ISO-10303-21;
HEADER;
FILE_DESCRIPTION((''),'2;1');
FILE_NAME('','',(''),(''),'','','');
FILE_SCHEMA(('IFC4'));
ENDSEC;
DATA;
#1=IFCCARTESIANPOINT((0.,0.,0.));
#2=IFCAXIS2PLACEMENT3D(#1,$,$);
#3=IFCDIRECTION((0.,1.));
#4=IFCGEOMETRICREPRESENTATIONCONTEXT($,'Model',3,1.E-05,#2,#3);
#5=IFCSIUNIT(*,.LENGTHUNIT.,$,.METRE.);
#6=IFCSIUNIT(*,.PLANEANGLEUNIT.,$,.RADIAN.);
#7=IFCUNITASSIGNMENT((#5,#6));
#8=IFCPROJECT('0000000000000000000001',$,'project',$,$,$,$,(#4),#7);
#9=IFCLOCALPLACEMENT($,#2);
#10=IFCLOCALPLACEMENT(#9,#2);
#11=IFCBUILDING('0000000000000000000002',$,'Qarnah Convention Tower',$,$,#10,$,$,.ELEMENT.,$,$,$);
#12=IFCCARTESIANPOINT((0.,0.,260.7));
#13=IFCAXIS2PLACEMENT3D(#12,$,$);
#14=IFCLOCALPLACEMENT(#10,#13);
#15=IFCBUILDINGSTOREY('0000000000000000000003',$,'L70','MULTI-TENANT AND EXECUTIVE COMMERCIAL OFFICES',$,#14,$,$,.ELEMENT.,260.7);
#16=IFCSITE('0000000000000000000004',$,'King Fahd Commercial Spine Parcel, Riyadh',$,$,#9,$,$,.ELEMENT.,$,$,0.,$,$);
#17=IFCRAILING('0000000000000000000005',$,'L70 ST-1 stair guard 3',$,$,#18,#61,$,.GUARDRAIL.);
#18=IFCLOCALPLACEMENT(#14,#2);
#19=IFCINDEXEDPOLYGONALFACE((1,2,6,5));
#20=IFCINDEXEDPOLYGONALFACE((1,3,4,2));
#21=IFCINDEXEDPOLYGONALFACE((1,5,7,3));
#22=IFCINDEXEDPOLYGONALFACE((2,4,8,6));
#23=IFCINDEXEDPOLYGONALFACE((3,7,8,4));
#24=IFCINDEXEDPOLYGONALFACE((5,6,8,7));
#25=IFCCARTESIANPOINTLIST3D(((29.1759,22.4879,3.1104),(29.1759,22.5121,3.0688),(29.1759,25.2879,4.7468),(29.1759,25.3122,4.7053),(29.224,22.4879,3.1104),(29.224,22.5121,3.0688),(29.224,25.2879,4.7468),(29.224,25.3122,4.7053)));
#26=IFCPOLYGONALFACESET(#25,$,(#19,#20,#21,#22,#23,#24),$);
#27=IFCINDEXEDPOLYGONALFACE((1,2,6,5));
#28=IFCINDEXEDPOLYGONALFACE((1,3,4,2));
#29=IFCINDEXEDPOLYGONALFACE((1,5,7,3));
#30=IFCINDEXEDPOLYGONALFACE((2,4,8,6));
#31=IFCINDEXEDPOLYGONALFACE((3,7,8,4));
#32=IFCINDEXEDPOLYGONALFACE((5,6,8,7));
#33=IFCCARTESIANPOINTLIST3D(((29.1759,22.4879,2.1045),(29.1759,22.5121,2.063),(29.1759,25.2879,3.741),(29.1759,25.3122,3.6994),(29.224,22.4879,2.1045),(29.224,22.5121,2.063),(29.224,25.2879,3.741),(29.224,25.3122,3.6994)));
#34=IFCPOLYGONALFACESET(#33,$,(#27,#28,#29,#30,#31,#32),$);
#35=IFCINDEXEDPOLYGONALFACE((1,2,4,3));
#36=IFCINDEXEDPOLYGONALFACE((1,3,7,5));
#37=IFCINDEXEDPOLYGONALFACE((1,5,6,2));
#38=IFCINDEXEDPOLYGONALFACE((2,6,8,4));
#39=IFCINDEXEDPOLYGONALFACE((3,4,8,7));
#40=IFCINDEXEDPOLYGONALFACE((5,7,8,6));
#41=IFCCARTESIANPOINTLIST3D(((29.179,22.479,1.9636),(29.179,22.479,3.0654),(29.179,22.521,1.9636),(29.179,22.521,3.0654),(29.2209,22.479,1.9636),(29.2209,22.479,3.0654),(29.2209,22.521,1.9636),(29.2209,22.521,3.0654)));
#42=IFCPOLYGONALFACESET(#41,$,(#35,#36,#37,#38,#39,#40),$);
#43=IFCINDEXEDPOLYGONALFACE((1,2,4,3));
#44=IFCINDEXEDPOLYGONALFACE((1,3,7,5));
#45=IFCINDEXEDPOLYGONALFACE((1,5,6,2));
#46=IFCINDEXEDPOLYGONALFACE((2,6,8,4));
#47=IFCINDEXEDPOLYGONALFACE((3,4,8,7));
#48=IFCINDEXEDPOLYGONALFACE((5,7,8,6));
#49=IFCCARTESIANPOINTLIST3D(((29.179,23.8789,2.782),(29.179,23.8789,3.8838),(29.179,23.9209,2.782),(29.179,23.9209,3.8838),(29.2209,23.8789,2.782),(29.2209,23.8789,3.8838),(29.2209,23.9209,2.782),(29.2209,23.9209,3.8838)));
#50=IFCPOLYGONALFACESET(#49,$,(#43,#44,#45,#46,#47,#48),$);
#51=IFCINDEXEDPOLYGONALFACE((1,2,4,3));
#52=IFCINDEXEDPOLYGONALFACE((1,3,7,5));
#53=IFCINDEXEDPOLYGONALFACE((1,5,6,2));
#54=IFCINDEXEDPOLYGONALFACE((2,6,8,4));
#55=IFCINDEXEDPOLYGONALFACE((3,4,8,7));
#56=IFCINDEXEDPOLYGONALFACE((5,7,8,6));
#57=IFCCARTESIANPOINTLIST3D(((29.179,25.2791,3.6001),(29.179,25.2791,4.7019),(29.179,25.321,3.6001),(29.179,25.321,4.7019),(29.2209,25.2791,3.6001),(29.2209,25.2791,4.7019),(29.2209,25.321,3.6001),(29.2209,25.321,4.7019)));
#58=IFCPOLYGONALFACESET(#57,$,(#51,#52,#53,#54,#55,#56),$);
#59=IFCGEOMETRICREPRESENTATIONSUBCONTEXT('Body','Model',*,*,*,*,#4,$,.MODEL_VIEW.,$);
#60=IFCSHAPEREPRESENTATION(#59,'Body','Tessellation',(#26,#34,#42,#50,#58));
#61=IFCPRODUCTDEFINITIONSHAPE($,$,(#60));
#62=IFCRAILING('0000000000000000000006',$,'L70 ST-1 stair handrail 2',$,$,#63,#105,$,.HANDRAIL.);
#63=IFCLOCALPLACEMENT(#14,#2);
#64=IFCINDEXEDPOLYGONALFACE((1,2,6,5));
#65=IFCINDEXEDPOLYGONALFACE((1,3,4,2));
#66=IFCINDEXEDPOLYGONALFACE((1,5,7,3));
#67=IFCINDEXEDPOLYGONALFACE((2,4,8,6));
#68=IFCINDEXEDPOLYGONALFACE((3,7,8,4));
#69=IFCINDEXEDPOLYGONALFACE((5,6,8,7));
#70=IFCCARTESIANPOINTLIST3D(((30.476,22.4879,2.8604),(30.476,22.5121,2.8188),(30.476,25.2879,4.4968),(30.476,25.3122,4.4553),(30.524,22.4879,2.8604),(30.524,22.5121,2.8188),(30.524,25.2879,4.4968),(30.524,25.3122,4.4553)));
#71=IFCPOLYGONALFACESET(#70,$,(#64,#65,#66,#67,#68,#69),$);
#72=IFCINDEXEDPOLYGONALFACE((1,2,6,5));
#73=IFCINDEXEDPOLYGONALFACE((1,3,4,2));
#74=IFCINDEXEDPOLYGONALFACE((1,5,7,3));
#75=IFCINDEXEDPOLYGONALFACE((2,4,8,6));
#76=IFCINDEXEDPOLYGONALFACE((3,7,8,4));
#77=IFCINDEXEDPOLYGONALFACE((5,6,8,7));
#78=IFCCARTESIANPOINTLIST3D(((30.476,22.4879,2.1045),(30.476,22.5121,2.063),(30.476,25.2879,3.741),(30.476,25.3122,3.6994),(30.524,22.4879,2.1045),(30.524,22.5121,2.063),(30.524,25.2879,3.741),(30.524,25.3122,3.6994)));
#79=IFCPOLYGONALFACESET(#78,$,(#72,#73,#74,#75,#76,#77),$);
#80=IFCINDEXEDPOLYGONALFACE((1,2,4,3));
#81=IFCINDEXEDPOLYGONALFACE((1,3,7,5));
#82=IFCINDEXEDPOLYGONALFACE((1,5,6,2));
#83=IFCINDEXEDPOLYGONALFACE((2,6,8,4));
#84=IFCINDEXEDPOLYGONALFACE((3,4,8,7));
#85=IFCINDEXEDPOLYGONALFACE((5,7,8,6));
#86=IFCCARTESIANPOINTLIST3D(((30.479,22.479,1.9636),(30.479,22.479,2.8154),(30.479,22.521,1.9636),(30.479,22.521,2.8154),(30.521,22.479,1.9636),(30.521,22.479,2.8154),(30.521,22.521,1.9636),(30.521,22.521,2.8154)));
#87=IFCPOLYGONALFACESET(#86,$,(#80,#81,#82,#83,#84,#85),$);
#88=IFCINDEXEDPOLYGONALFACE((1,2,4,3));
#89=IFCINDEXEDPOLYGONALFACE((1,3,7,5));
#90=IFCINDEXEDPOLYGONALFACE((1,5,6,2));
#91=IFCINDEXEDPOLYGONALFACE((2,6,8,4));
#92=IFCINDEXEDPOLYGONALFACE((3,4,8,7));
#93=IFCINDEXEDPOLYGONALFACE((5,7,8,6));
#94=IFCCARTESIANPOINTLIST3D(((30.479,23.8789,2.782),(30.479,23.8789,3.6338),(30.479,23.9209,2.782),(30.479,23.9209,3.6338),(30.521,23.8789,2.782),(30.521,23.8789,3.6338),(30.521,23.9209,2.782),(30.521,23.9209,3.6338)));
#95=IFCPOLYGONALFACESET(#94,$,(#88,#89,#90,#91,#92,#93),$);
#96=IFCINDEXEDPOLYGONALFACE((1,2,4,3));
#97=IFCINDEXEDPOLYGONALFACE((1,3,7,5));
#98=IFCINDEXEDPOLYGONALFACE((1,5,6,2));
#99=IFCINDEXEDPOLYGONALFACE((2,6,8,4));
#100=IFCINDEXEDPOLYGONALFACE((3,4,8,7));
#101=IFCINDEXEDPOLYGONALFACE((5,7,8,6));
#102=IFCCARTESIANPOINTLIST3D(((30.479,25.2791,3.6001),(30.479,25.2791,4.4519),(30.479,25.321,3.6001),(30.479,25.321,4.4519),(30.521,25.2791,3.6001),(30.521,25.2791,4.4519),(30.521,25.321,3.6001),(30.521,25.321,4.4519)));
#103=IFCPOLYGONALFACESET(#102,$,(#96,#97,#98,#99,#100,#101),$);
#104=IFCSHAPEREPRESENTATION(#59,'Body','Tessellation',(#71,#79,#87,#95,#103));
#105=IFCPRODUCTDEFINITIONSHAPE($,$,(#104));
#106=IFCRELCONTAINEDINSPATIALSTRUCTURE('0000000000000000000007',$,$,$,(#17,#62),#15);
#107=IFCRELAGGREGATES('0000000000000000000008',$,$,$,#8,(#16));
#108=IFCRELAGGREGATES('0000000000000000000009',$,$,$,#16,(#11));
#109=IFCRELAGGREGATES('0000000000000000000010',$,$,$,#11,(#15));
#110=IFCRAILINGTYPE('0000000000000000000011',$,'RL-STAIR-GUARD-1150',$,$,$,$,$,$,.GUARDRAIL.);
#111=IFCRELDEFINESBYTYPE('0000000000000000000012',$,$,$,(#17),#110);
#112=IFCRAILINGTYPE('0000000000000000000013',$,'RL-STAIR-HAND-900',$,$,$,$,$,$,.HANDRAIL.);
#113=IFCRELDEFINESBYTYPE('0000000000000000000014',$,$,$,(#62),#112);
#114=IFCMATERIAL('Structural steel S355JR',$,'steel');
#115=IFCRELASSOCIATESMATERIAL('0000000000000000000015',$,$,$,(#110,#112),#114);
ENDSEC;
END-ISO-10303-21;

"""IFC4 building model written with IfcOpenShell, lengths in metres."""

from ifc_helpers import new_model, si_unit, direction, frame, origin, origin_2d, place, context, subcontext, project, spatial, rectangle, extrude, material, type_object, element, save


model = new_model("IFC4")

# Units and contexts
model_context = context("Model", 3, precision=1e-05, world=origin(), true_north=direction((0.0, 1.0)))
body_context = subcontext(model_context, "Body", "Model", "MODEL_VIEW")
ifc_project = project(units=[si_unit("LENGTHUNIT", "METRE"), si_unit("PLANEANGLEUNIT", "RADIAN")], contexts=[model_context])

# Site, building, storey
site_placement = place(None, origin())
site = spatial("IfcSite", under=ifc_project, at=site_placement, Name="King Fahd Commercial Spine Parcel, Riyadh", CompositionType="ELEMENT", RefElevation=0.0)
building_placement = place(site_placement, origin())
building = spatial("IfcBuilding", under=site, at=building_placement, Name="Qarnah Convention Tower", CompositionType="ELEMENT")
storey_placement = place(building_placement, frame((0.0, 0.0, 260.7)))
storey = spatial("IfcBuildingStorey", under=building, at=storey_placement, Name="L70", Description="MULTI-TENANT AND EXECUTIVE COMMERCIAL OFFICES", CompositionType="ELEMENT", Elevation=260.7)

# Shared definitions
ifc_material_1 = material(Name="Structural steel S355JR", Category="steel")

# Railings
railing_type_1 = type_object("IfcRailingType", Name="RL-STAIR-GUARD-1150", PredefinedType="GUARDRAIL", material=ifc_material_1)
railing_1_placement = place(storey_placement, frame((29.2, 22.5, 1.9636)))
element("IfcRailing", 1, at=railing_1_placement, inside=storey, type_object=railing_type_1, Name="L70 ST-1 stair guard 3", PredefinedType="GUARDRAIL", context=body_context, shape_type="SweptSolid", body=[
    extrude(rectangle(XDim=0.0481, YDim=0.0481, at=origin_2d()), frame((0.0, 0.0, 1.126), z_axis=(0.0, 0.863361, 0.504587), x_axis=(-1.0, 0.0, 0.0)), (0.0, 0.0, 1.0), 3.2432),
    extrude(rectangle(XDim=0.0481, YDim=0.0481, at=origin_2d()), frame((0.0, 0.0, 0.1201), z_axis=(0.0, 0.863361, 0.504587), x_axis=(-1.0, 0.0, 0.0)), (0.0, 0.0, 1.0), 3.2432),
    extrude(rectangle(XDim=0.042, YDim=0.042, at=origin_2d()), origin(), (0.0, 0.0, 1.0), 1.1018),
    extrude(rectangle(XDim=0.042, YDim=0.042, at=origin_2d()), frame((0.0, 1.3999, 0.8184)), (0.0, 0.0, 1.0), 1.1018),
    extrude(rectangle(XDim=0.042, YDim=0.042, at=origin_2d()), frame((0.0, 2.8, 1.6365)), (0.0, 0.0, 1.0), 1.1018),
])
railing_type_2 = type_object("IfcRailingType", Name="RL-STAIR-HAND-900", PredefinedType="HANDRAIL", material=ifc_material_1)
railing_2_placement = place(storey_placement, frame((30.5, 22.5, 1.9636)))
element("IfcRailing", 2, at=railing_2_placement, inside=storey, type_object=railing_type_2, Name="L70 ST-1 stair handrail 2", PredefinedType="HANDRAIL", context=body_context, shape_type="SweptSolid", body=[
    extrude(rectangle(XDim=0.0481, YDim=0.0481, at=origin_2d()), frame((0.0, 0.0, 0.876), z_axis=(0.0, 0.863361, 0.504587), x_axis=(-1.0, 0.0, 0.0)), (0.0, 0.0, 1.0), 3.2432),
    extrude(rectangle(XDim=0.0481, YDim=0.0481, at=origin_2d()), frame((0.0, 0.0, 0.1201), z_axis=(0.0, 0.863361, 0.504587), x_axis=(-1.0, 0.0, 0.0)), (0.0, 0.0, 1.0), 3.2432),
    extrude(rectangle(XDim=0.042, YDim=0.042, at=origin_2d()), origin(), (0.0, 0.0, 1.0), 0.8518),
    extrude(rectangle(XDim=0.042, YDim=0.042, at=origin_2d()), frame((0.0, 1.3999, 0.8184)), (0.0, 0.0, 1.0), 0.8518),
    extrude(rectangle(XDim=0.042, YDim=0.042, at=origin_2d()), frame((0.0, 2.8, 1.6365)), (0.0, 0.0, 1.0), 0.8518),
])

save(model, "model.ifc")
